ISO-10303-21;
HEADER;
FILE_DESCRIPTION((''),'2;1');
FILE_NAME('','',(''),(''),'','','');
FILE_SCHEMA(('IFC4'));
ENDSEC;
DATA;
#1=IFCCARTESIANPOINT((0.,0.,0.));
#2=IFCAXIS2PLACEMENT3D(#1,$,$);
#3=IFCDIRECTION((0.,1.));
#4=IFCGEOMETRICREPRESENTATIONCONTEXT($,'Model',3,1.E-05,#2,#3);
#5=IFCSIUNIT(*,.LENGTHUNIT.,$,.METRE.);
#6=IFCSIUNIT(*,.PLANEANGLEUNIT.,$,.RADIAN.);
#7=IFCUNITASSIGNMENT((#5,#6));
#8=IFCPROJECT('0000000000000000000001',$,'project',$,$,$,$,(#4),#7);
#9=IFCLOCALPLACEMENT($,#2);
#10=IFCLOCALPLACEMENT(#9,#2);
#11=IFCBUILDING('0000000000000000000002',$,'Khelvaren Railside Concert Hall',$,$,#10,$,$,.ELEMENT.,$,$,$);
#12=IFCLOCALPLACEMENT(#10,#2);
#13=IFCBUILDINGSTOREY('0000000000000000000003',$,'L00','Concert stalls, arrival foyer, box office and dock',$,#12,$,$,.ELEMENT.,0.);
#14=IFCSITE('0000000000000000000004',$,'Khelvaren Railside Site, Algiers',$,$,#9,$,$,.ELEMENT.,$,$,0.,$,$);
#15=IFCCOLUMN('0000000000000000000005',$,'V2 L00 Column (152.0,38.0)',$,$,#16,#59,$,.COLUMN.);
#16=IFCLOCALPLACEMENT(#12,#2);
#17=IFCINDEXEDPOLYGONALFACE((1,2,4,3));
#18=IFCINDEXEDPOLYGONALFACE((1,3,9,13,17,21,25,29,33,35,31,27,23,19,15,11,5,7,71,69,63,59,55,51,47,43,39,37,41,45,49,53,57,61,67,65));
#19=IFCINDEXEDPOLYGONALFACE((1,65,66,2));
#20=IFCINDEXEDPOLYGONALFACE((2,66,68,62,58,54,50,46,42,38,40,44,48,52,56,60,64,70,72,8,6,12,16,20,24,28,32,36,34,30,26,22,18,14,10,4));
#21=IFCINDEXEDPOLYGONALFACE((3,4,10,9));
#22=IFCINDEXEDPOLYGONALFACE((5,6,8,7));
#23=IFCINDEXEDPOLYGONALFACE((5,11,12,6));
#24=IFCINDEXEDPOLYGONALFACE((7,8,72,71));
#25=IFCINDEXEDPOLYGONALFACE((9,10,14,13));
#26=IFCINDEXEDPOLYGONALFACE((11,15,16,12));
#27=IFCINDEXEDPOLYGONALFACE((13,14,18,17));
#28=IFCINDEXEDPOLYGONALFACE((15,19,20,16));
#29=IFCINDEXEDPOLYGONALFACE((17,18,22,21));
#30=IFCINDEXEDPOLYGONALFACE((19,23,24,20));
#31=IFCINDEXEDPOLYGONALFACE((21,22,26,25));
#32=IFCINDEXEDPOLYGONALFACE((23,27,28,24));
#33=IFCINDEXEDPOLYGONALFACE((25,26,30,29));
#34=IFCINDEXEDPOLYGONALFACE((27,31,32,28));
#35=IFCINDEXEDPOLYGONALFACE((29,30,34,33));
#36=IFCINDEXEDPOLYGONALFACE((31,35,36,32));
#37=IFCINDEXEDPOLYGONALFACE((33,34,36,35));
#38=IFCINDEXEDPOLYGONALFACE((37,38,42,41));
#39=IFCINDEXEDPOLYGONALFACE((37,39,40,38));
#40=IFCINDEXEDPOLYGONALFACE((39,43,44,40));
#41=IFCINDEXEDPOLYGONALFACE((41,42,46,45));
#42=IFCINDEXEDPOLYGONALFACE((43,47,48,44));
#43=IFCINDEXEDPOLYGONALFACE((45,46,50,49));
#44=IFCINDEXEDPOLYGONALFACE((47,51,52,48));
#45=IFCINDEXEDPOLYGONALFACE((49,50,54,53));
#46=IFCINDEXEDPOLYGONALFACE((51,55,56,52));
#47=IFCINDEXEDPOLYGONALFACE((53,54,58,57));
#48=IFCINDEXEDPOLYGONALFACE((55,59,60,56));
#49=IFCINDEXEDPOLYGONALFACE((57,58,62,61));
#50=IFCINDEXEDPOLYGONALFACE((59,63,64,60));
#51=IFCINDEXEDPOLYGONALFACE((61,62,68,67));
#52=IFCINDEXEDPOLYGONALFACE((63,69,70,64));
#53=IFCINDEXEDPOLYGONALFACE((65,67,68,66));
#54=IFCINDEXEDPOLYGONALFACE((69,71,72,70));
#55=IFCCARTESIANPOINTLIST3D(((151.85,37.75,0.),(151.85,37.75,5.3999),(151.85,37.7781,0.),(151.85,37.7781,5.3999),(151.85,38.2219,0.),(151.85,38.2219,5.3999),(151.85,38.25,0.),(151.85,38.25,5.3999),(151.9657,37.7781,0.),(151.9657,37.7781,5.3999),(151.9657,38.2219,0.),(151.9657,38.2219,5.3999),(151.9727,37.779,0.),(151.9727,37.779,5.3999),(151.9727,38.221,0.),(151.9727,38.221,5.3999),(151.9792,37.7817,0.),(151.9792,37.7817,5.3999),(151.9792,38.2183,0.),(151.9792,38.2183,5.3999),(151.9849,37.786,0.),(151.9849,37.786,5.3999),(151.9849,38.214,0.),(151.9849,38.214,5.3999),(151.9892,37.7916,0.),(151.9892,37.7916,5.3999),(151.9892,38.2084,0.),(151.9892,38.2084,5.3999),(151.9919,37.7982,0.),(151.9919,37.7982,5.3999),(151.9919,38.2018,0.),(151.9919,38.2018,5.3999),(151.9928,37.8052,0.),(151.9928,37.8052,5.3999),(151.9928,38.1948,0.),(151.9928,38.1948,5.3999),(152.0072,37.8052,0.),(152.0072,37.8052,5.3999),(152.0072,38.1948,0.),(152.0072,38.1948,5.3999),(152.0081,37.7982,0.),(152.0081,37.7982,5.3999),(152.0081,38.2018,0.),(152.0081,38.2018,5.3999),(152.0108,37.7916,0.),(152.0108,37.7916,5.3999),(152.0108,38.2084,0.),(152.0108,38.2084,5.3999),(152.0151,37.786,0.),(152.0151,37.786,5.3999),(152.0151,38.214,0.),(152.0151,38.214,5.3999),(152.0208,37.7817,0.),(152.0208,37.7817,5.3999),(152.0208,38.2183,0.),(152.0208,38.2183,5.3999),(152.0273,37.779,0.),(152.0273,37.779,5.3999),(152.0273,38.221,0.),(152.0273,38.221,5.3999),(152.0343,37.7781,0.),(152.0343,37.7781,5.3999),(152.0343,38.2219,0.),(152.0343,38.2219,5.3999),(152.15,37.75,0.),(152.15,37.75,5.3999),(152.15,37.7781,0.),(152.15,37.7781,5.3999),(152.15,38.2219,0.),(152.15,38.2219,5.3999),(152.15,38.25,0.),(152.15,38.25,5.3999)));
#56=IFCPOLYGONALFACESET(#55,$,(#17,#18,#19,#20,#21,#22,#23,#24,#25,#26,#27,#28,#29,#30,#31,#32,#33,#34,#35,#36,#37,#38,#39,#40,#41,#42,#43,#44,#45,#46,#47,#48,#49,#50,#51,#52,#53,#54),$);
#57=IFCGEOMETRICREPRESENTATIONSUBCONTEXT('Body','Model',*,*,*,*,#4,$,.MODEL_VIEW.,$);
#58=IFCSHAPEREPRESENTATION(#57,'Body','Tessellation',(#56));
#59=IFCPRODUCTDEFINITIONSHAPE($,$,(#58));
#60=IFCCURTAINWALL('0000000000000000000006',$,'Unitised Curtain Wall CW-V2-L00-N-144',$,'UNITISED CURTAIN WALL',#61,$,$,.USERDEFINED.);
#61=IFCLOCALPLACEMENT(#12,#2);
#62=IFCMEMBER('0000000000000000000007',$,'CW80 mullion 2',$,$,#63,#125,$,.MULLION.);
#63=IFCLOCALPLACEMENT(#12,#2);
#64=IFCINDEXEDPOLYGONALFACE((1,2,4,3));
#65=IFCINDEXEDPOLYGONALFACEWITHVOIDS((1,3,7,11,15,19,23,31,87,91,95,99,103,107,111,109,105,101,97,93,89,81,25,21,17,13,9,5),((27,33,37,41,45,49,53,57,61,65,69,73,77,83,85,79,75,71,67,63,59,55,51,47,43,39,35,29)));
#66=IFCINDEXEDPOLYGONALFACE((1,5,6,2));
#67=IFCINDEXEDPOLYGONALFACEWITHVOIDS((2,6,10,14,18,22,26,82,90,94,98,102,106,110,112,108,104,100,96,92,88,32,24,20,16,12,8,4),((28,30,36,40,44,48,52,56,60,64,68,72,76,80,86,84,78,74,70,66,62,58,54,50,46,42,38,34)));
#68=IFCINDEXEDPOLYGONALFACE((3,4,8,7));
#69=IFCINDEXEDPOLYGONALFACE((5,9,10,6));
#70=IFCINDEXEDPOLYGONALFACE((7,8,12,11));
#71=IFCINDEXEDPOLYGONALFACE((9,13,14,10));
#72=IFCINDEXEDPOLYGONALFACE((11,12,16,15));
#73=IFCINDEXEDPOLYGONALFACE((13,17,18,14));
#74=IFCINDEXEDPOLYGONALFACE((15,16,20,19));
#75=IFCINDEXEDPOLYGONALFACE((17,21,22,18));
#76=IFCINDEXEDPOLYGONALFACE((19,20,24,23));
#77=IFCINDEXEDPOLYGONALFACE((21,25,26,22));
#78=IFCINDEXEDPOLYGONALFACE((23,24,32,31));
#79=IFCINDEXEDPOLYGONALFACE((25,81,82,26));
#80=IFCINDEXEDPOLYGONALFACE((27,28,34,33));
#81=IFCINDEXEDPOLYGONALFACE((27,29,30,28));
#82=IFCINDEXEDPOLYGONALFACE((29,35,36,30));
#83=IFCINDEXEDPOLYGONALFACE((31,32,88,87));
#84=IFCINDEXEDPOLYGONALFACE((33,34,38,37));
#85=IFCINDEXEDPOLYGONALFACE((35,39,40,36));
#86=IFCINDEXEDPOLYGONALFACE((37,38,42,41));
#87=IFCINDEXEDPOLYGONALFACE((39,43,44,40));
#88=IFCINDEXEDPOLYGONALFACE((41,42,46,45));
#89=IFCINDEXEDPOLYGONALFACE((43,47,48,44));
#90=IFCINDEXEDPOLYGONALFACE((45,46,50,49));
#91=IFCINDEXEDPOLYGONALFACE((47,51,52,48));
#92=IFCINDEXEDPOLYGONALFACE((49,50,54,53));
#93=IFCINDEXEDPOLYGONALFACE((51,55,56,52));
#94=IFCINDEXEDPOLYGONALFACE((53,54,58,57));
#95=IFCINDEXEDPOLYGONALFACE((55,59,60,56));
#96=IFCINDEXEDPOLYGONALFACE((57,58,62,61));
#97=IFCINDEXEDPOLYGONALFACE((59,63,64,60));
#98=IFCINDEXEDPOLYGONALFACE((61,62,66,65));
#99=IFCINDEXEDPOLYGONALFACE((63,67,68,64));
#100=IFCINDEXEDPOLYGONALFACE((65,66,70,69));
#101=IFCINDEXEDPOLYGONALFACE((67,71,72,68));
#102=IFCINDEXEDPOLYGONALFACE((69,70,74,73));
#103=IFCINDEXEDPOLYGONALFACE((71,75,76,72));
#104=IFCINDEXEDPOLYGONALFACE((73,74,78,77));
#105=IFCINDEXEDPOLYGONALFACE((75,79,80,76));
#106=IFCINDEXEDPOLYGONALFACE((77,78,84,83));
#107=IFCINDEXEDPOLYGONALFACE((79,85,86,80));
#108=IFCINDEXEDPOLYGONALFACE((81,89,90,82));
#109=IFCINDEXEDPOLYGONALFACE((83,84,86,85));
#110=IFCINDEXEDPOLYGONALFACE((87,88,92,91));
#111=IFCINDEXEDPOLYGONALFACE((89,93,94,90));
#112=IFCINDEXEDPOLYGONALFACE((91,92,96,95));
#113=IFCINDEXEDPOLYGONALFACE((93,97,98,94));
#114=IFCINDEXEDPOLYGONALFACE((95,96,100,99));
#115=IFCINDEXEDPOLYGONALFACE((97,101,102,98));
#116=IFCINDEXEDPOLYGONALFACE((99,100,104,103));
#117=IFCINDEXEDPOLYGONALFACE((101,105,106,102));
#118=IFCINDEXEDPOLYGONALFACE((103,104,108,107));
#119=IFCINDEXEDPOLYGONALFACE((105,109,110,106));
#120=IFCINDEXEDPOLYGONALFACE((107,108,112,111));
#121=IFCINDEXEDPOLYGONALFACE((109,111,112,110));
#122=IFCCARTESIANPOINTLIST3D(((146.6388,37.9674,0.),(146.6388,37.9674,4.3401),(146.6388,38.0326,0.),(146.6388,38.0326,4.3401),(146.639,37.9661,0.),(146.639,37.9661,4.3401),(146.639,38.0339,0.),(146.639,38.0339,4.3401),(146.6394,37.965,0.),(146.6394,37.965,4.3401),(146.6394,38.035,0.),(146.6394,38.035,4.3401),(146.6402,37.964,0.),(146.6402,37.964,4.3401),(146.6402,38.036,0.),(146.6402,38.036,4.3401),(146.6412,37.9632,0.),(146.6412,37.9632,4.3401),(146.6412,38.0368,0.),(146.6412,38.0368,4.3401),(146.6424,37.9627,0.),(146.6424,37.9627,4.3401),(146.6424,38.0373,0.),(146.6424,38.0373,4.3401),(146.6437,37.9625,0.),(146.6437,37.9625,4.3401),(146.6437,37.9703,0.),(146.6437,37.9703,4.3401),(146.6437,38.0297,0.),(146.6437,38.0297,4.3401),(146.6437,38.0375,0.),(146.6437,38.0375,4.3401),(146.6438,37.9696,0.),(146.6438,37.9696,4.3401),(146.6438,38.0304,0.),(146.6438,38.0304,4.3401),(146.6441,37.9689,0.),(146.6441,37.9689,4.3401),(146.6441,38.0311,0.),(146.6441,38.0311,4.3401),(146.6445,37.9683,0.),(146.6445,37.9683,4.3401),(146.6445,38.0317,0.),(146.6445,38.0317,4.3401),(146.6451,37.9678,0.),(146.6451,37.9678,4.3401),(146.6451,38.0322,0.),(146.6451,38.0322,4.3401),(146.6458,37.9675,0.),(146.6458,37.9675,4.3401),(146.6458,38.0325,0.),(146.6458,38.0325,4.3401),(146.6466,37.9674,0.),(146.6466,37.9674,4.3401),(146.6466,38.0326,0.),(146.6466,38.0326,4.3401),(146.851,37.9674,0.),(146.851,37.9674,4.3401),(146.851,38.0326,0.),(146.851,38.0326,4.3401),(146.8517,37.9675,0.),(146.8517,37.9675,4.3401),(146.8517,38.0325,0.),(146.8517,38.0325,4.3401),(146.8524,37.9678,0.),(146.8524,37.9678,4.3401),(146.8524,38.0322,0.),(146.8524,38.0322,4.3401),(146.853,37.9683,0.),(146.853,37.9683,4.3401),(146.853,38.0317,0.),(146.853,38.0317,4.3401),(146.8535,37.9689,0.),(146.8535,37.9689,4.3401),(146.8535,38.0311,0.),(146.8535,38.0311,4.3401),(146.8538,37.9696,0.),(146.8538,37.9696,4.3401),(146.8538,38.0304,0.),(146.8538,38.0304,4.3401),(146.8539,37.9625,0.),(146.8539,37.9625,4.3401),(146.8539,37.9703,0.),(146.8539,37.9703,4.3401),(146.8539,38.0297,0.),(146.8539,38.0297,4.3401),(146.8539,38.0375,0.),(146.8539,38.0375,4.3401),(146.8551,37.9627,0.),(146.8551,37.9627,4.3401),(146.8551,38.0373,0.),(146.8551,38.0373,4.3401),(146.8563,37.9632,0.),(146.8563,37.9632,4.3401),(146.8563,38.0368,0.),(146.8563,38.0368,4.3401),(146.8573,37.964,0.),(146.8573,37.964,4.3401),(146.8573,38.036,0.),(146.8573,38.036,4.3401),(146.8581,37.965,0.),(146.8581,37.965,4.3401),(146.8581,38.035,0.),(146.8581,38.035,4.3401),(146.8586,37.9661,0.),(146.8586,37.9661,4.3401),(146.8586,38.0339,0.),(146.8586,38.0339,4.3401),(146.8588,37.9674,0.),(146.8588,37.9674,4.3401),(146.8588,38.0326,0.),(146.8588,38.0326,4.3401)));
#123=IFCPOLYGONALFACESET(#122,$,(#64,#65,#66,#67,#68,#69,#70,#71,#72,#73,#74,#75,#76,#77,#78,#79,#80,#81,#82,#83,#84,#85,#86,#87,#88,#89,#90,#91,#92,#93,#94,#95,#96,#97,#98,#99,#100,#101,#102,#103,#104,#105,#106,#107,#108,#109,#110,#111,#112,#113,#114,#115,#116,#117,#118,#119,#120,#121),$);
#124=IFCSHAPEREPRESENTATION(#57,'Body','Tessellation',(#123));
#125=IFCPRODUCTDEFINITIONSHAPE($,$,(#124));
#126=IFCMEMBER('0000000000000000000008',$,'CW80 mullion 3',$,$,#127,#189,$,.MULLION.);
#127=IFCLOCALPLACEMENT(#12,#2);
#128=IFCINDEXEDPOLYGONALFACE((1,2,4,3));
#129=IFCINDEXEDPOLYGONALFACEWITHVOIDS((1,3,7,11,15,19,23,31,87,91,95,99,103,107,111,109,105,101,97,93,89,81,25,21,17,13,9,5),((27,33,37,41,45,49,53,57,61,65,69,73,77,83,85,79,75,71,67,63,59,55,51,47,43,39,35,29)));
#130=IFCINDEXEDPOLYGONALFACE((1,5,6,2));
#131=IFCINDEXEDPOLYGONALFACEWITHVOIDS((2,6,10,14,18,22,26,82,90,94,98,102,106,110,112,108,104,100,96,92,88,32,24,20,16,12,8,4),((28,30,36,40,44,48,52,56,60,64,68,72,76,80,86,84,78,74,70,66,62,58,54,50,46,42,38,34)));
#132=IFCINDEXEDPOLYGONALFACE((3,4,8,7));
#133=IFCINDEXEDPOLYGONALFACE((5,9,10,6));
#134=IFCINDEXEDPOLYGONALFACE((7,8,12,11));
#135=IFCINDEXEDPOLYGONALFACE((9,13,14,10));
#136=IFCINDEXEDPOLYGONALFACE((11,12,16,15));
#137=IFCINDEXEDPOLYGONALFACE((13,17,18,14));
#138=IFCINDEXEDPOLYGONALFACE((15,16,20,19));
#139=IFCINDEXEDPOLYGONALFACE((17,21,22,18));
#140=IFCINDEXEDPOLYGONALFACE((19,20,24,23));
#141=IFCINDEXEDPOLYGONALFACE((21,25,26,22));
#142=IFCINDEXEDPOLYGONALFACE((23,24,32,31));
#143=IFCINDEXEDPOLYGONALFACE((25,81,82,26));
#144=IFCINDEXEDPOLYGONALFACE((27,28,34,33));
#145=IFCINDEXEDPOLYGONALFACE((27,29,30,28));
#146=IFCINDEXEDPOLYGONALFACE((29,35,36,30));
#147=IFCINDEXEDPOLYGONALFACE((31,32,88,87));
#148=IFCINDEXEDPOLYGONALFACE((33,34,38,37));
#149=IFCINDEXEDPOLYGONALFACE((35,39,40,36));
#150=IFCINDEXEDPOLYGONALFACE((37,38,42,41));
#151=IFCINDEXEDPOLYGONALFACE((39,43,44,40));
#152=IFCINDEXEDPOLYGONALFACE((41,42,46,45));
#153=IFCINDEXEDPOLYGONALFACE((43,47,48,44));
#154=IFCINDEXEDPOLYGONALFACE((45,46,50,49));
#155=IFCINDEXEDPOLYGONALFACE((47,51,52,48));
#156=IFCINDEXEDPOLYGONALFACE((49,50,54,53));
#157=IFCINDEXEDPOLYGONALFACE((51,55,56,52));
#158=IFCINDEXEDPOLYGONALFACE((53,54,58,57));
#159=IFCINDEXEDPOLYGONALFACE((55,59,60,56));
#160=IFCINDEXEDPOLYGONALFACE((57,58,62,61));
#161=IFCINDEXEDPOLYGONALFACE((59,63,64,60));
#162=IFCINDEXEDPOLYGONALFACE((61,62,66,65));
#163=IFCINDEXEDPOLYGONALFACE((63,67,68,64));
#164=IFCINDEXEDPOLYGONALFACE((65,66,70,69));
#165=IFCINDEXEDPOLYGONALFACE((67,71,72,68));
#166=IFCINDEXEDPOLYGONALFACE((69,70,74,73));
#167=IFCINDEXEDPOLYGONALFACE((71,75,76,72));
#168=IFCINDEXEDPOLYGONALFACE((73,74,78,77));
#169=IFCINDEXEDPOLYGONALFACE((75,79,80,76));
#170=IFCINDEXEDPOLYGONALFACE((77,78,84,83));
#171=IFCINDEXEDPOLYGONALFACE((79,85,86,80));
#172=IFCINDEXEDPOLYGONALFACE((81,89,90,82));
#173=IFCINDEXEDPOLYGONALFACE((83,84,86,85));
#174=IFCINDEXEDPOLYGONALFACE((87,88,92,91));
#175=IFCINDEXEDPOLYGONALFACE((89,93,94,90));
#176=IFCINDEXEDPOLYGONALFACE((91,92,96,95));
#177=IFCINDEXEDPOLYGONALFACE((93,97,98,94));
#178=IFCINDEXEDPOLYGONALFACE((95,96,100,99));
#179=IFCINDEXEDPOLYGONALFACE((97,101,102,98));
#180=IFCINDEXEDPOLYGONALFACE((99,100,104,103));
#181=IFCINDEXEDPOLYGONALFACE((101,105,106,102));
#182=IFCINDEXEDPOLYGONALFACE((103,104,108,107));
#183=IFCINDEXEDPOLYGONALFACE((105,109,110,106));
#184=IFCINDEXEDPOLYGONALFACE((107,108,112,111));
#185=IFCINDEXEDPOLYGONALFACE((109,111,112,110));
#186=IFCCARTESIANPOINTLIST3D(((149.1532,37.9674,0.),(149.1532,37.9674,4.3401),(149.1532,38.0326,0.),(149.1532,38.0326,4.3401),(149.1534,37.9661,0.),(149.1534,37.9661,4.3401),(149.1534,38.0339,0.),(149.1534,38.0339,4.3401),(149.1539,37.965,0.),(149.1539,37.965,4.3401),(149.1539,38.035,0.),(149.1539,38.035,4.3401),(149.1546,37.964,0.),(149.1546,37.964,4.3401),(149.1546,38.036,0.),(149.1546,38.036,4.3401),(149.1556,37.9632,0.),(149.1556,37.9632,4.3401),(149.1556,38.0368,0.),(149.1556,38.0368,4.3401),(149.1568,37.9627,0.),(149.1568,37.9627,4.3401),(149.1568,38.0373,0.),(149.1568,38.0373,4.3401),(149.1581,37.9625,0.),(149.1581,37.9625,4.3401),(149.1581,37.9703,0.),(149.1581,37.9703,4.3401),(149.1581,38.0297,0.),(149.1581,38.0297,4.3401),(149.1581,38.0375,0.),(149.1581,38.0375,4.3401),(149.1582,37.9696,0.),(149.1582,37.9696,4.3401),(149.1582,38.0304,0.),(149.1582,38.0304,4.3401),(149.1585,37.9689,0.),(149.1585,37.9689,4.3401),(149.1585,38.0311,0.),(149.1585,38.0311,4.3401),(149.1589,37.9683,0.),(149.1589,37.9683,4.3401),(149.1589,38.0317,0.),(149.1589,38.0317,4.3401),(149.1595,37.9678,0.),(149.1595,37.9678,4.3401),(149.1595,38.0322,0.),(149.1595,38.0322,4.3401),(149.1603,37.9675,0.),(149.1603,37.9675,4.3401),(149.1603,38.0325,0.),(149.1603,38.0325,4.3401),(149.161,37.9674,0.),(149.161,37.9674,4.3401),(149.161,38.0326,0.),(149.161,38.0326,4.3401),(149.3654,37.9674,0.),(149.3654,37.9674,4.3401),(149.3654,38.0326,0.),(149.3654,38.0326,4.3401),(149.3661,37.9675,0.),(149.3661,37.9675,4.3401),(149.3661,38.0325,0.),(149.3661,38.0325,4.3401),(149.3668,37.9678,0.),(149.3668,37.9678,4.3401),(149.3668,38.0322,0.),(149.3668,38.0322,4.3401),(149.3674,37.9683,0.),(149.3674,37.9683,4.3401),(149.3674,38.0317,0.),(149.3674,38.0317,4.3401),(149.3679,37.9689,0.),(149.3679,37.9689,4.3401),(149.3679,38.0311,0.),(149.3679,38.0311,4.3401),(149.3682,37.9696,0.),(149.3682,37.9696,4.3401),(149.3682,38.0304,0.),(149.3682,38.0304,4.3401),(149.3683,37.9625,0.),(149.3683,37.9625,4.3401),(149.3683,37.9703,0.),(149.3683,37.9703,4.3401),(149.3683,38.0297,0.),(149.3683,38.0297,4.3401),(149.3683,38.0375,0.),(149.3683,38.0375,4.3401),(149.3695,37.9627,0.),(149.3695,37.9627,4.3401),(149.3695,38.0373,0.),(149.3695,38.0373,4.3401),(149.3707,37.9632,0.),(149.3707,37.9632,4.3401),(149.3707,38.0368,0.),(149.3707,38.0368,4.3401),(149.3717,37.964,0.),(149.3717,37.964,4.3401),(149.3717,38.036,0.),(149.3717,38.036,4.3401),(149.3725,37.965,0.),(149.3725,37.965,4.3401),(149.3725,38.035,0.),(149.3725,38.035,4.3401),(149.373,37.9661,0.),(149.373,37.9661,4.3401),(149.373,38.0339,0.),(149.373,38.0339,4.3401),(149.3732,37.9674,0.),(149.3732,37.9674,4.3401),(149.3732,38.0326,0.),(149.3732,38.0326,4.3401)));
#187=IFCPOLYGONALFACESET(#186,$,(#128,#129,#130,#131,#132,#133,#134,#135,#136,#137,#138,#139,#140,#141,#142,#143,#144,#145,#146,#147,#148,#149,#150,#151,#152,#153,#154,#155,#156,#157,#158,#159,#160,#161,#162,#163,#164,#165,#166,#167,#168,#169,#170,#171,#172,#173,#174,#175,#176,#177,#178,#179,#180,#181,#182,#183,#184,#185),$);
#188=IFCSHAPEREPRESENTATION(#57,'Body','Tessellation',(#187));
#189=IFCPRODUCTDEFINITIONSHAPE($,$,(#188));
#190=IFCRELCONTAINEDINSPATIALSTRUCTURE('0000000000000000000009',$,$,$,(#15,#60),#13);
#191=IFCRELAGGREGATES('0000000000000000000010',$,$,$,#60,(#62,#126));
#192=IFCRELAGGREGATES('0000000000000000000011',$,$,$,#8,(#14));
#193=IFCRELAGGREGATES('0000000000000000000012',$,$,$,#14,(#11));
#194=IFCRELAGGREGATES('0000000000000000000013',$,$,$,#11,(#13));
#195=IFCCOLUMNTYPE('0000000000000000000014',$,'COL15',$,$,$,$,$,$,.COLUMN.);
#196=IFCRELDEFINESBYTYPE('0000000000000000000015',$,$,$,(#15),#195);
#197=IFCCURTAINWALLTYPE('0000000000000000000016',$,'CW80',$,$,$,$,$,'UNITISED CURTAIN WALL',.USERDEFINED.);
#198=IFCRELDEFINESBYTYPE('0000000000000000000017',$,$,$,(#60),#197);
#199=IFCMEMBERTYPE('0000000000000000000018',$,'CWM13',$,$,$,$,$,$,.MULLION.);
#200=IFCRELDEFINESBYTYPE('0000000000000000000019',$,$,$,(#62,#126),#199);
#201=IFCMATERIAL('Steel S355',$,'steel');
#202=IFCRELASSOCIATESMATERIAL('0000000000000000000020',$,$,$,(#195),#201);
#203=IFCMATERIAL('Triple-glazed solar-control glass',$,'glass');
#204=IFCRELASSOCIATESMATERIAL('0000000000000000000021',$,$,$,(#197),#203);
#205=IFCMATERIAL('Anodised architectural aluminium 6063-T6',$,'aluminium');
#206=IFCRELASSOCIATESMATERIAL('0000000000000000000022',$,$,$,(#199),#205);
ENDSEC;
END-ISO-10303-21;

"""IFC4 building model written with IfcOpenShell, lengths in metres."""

from ifc_helpers import new_model, si_unit, direction, frame, origin, origin_2d, place, context, subcontext, project, spatial, hollow_rectangle, i_section, extrude, material, material_profile, profile_set, type_object, element, aggregate, save


model = new_model("IFC4")

# Units and contexts
model_context = context("Model", 3, precision=1e-05, world=origin(), true_north=direction((0.0, 1.0)))
body_context = subcontext(model_context, "Body", "Model", "MODEL_VIEW")
ifc_project = project(units=[si_unit("LENGTHUNIT", "METRE"), si_unit("PLANEANGLEUNIT", "RADIAN")], contexts=[model_context])

# Site, building, storey
site_placement = place(None, origin())
site = spatial("IfcSite", under=ifc_project, at=site_placement, Name="Khelvaren Railside Site, Algiers", CompositionType="ELEMENT", RefElevation=0.0)
building_placement = place(site_placement, origin())
building = spatial("IfcBuilding", under=site, at=building_placement, Name="Khelvaren Railside Concert Hall", CompositionType="ELEMENT")
storey_placement = place(building_placement, origin())
storey = spatial("IfcBuildingStorey", under=building, at=storey_placement, Name="L00", Description="Concert stalls, arrival foyer, box office and dock", CompositionType="ELEMENT", Elevation=0.0)

# Column
ifc_material_1 = material(Name="Steel S355", Category="steel")
ifc_material_profile_1 = material_profile(ifc_material_1, i_section(OverallWidth=0.3, OverallDepth=0.5, WebThickness=0.0144, FlangeThickness=0.0281, FilletRadius=0.0271, at=origin_2d()), Name="HEB 500")
ifc_profile_set_1 = profile_set([ifc_material_profile_1], Name="Steel S355")
column_type = type_object("IfcColumnType", Name="COL15", PredefinedType="COLUMN", material=ifc_profile_set_1)
column_placement = place(storey_placement, frame((152.0, 38.0, 0.0), z_axis=(0.0, 0.0, 1.0), x_axis=(1.0, 0.0, 0.0)))
element("IfcColumn", 1, at=column_placement, inside=storey, type_object=column_type, Name="V2 L00 Column (152.0,38.0)", PredefinedType="COLUMN", context=body_context, shape_type="SweptSolid", body=[
    extrude(i_section(OverallWidth=0.3, OverallDepth=0.5, WebThickness=0.0144, FlangeThickness=0.0281, FilletRadius=0.0271, at=origin_2d()), origin(), (0.0, 0.0, 1.0), 5.3999),
])

# Curtain wall, members
ifc_material_2 = material(Name="Triple-glazed solar-control glass", Category="glass")
curtain_wall_type_1 = type_object("IfcCurtainWallType", Name="CW80", ElementType="UNITISED CURTAIN WALL", PredefinedType="USERDEFINED", material=ifc_material_2)
curtain_wall_1_placement = place(storey_placement, origin())
curtain_wall_1 = element("IfcCurtainWall", 2, at=curtain_wall_1_placement, inside=storey, type_object=curtain_wall_type_1, Name="Unitised Curtain Wall CW-V2-L00-N-144", ObjectType="UNITISED CURTAIN WALL", PredefinedType="USERDEFINED")
ifc_material_3 = material(Name="Anodised architectural aluminium 6063-T6", Category="aluminium")
ifc_material_profile_2 = material_profile(ifc_material_3, hollow_rectangle(XDim=0.075, YDim=0.22, WallThickness=0.0049, InnerFilletRadius=0.0029, OuterFilletRadius=0.0049, at=origin_2d()), Name="CWM 75x220x5")
ifc_profile_set_2 = profile_set([ifc_material_profile_2], Name="Anodised architectural aluminium 6063-T6")
member_type_1 = type_object("IfcMemberType", Name="CWM13", PredefinedType="MULLION", material=ifc_profile_set_2)
member_1_placement = place(storey_placement, frame((146.7488, 38.0, 0.0), z_axis=(0.0, 0.0, 1.0), x_axis=(0.0, 1.0, 0.0)))
member_1 = element("IfcMember", 3, at=member_1_placement, type_object=member_type_1, Name="CW80 mullion 2", PredefinedType="MULLION", context=body_context, shape_type="SweptSolid", body=[
    extrude(hollow_rectangle(XDim=0.075, YDim=0.22, WallThickness=0.0049, InnerFilletRadius=0.0029, OuterFilletRadius=0.0049, at=origin_2d()), origin(), (0.0, 0.0, 1.0), 4.3401),
])
member_2_placement = place(storey_placement, frame((149.2632, 38.0, 0.0), z_axis=(0.0, 0.0, 1.0), x_axis=(0.0, 1.0, 0.0)))
member_2 = element("IfcMember", 4, at=member_2_placement, type_object=member_type_1, Name="CW80 mullion 3", PredefinedType="MULLION", context=body_context, shape_type="SweptSolid", body=[
    extrude(hollow_rectangle(XDim=0.075, YDim=0.22, WallThickness=0.0049, InnerFilletRadius=0.0029, OuterFilletRadius=0.0049, at=origin_2d()), origin(), (0.0, 0.0, 1.0), 4.3401),
])

aggregate(curtain_wall_1, [member_1, member_2])

save(model, "model.ifc")
